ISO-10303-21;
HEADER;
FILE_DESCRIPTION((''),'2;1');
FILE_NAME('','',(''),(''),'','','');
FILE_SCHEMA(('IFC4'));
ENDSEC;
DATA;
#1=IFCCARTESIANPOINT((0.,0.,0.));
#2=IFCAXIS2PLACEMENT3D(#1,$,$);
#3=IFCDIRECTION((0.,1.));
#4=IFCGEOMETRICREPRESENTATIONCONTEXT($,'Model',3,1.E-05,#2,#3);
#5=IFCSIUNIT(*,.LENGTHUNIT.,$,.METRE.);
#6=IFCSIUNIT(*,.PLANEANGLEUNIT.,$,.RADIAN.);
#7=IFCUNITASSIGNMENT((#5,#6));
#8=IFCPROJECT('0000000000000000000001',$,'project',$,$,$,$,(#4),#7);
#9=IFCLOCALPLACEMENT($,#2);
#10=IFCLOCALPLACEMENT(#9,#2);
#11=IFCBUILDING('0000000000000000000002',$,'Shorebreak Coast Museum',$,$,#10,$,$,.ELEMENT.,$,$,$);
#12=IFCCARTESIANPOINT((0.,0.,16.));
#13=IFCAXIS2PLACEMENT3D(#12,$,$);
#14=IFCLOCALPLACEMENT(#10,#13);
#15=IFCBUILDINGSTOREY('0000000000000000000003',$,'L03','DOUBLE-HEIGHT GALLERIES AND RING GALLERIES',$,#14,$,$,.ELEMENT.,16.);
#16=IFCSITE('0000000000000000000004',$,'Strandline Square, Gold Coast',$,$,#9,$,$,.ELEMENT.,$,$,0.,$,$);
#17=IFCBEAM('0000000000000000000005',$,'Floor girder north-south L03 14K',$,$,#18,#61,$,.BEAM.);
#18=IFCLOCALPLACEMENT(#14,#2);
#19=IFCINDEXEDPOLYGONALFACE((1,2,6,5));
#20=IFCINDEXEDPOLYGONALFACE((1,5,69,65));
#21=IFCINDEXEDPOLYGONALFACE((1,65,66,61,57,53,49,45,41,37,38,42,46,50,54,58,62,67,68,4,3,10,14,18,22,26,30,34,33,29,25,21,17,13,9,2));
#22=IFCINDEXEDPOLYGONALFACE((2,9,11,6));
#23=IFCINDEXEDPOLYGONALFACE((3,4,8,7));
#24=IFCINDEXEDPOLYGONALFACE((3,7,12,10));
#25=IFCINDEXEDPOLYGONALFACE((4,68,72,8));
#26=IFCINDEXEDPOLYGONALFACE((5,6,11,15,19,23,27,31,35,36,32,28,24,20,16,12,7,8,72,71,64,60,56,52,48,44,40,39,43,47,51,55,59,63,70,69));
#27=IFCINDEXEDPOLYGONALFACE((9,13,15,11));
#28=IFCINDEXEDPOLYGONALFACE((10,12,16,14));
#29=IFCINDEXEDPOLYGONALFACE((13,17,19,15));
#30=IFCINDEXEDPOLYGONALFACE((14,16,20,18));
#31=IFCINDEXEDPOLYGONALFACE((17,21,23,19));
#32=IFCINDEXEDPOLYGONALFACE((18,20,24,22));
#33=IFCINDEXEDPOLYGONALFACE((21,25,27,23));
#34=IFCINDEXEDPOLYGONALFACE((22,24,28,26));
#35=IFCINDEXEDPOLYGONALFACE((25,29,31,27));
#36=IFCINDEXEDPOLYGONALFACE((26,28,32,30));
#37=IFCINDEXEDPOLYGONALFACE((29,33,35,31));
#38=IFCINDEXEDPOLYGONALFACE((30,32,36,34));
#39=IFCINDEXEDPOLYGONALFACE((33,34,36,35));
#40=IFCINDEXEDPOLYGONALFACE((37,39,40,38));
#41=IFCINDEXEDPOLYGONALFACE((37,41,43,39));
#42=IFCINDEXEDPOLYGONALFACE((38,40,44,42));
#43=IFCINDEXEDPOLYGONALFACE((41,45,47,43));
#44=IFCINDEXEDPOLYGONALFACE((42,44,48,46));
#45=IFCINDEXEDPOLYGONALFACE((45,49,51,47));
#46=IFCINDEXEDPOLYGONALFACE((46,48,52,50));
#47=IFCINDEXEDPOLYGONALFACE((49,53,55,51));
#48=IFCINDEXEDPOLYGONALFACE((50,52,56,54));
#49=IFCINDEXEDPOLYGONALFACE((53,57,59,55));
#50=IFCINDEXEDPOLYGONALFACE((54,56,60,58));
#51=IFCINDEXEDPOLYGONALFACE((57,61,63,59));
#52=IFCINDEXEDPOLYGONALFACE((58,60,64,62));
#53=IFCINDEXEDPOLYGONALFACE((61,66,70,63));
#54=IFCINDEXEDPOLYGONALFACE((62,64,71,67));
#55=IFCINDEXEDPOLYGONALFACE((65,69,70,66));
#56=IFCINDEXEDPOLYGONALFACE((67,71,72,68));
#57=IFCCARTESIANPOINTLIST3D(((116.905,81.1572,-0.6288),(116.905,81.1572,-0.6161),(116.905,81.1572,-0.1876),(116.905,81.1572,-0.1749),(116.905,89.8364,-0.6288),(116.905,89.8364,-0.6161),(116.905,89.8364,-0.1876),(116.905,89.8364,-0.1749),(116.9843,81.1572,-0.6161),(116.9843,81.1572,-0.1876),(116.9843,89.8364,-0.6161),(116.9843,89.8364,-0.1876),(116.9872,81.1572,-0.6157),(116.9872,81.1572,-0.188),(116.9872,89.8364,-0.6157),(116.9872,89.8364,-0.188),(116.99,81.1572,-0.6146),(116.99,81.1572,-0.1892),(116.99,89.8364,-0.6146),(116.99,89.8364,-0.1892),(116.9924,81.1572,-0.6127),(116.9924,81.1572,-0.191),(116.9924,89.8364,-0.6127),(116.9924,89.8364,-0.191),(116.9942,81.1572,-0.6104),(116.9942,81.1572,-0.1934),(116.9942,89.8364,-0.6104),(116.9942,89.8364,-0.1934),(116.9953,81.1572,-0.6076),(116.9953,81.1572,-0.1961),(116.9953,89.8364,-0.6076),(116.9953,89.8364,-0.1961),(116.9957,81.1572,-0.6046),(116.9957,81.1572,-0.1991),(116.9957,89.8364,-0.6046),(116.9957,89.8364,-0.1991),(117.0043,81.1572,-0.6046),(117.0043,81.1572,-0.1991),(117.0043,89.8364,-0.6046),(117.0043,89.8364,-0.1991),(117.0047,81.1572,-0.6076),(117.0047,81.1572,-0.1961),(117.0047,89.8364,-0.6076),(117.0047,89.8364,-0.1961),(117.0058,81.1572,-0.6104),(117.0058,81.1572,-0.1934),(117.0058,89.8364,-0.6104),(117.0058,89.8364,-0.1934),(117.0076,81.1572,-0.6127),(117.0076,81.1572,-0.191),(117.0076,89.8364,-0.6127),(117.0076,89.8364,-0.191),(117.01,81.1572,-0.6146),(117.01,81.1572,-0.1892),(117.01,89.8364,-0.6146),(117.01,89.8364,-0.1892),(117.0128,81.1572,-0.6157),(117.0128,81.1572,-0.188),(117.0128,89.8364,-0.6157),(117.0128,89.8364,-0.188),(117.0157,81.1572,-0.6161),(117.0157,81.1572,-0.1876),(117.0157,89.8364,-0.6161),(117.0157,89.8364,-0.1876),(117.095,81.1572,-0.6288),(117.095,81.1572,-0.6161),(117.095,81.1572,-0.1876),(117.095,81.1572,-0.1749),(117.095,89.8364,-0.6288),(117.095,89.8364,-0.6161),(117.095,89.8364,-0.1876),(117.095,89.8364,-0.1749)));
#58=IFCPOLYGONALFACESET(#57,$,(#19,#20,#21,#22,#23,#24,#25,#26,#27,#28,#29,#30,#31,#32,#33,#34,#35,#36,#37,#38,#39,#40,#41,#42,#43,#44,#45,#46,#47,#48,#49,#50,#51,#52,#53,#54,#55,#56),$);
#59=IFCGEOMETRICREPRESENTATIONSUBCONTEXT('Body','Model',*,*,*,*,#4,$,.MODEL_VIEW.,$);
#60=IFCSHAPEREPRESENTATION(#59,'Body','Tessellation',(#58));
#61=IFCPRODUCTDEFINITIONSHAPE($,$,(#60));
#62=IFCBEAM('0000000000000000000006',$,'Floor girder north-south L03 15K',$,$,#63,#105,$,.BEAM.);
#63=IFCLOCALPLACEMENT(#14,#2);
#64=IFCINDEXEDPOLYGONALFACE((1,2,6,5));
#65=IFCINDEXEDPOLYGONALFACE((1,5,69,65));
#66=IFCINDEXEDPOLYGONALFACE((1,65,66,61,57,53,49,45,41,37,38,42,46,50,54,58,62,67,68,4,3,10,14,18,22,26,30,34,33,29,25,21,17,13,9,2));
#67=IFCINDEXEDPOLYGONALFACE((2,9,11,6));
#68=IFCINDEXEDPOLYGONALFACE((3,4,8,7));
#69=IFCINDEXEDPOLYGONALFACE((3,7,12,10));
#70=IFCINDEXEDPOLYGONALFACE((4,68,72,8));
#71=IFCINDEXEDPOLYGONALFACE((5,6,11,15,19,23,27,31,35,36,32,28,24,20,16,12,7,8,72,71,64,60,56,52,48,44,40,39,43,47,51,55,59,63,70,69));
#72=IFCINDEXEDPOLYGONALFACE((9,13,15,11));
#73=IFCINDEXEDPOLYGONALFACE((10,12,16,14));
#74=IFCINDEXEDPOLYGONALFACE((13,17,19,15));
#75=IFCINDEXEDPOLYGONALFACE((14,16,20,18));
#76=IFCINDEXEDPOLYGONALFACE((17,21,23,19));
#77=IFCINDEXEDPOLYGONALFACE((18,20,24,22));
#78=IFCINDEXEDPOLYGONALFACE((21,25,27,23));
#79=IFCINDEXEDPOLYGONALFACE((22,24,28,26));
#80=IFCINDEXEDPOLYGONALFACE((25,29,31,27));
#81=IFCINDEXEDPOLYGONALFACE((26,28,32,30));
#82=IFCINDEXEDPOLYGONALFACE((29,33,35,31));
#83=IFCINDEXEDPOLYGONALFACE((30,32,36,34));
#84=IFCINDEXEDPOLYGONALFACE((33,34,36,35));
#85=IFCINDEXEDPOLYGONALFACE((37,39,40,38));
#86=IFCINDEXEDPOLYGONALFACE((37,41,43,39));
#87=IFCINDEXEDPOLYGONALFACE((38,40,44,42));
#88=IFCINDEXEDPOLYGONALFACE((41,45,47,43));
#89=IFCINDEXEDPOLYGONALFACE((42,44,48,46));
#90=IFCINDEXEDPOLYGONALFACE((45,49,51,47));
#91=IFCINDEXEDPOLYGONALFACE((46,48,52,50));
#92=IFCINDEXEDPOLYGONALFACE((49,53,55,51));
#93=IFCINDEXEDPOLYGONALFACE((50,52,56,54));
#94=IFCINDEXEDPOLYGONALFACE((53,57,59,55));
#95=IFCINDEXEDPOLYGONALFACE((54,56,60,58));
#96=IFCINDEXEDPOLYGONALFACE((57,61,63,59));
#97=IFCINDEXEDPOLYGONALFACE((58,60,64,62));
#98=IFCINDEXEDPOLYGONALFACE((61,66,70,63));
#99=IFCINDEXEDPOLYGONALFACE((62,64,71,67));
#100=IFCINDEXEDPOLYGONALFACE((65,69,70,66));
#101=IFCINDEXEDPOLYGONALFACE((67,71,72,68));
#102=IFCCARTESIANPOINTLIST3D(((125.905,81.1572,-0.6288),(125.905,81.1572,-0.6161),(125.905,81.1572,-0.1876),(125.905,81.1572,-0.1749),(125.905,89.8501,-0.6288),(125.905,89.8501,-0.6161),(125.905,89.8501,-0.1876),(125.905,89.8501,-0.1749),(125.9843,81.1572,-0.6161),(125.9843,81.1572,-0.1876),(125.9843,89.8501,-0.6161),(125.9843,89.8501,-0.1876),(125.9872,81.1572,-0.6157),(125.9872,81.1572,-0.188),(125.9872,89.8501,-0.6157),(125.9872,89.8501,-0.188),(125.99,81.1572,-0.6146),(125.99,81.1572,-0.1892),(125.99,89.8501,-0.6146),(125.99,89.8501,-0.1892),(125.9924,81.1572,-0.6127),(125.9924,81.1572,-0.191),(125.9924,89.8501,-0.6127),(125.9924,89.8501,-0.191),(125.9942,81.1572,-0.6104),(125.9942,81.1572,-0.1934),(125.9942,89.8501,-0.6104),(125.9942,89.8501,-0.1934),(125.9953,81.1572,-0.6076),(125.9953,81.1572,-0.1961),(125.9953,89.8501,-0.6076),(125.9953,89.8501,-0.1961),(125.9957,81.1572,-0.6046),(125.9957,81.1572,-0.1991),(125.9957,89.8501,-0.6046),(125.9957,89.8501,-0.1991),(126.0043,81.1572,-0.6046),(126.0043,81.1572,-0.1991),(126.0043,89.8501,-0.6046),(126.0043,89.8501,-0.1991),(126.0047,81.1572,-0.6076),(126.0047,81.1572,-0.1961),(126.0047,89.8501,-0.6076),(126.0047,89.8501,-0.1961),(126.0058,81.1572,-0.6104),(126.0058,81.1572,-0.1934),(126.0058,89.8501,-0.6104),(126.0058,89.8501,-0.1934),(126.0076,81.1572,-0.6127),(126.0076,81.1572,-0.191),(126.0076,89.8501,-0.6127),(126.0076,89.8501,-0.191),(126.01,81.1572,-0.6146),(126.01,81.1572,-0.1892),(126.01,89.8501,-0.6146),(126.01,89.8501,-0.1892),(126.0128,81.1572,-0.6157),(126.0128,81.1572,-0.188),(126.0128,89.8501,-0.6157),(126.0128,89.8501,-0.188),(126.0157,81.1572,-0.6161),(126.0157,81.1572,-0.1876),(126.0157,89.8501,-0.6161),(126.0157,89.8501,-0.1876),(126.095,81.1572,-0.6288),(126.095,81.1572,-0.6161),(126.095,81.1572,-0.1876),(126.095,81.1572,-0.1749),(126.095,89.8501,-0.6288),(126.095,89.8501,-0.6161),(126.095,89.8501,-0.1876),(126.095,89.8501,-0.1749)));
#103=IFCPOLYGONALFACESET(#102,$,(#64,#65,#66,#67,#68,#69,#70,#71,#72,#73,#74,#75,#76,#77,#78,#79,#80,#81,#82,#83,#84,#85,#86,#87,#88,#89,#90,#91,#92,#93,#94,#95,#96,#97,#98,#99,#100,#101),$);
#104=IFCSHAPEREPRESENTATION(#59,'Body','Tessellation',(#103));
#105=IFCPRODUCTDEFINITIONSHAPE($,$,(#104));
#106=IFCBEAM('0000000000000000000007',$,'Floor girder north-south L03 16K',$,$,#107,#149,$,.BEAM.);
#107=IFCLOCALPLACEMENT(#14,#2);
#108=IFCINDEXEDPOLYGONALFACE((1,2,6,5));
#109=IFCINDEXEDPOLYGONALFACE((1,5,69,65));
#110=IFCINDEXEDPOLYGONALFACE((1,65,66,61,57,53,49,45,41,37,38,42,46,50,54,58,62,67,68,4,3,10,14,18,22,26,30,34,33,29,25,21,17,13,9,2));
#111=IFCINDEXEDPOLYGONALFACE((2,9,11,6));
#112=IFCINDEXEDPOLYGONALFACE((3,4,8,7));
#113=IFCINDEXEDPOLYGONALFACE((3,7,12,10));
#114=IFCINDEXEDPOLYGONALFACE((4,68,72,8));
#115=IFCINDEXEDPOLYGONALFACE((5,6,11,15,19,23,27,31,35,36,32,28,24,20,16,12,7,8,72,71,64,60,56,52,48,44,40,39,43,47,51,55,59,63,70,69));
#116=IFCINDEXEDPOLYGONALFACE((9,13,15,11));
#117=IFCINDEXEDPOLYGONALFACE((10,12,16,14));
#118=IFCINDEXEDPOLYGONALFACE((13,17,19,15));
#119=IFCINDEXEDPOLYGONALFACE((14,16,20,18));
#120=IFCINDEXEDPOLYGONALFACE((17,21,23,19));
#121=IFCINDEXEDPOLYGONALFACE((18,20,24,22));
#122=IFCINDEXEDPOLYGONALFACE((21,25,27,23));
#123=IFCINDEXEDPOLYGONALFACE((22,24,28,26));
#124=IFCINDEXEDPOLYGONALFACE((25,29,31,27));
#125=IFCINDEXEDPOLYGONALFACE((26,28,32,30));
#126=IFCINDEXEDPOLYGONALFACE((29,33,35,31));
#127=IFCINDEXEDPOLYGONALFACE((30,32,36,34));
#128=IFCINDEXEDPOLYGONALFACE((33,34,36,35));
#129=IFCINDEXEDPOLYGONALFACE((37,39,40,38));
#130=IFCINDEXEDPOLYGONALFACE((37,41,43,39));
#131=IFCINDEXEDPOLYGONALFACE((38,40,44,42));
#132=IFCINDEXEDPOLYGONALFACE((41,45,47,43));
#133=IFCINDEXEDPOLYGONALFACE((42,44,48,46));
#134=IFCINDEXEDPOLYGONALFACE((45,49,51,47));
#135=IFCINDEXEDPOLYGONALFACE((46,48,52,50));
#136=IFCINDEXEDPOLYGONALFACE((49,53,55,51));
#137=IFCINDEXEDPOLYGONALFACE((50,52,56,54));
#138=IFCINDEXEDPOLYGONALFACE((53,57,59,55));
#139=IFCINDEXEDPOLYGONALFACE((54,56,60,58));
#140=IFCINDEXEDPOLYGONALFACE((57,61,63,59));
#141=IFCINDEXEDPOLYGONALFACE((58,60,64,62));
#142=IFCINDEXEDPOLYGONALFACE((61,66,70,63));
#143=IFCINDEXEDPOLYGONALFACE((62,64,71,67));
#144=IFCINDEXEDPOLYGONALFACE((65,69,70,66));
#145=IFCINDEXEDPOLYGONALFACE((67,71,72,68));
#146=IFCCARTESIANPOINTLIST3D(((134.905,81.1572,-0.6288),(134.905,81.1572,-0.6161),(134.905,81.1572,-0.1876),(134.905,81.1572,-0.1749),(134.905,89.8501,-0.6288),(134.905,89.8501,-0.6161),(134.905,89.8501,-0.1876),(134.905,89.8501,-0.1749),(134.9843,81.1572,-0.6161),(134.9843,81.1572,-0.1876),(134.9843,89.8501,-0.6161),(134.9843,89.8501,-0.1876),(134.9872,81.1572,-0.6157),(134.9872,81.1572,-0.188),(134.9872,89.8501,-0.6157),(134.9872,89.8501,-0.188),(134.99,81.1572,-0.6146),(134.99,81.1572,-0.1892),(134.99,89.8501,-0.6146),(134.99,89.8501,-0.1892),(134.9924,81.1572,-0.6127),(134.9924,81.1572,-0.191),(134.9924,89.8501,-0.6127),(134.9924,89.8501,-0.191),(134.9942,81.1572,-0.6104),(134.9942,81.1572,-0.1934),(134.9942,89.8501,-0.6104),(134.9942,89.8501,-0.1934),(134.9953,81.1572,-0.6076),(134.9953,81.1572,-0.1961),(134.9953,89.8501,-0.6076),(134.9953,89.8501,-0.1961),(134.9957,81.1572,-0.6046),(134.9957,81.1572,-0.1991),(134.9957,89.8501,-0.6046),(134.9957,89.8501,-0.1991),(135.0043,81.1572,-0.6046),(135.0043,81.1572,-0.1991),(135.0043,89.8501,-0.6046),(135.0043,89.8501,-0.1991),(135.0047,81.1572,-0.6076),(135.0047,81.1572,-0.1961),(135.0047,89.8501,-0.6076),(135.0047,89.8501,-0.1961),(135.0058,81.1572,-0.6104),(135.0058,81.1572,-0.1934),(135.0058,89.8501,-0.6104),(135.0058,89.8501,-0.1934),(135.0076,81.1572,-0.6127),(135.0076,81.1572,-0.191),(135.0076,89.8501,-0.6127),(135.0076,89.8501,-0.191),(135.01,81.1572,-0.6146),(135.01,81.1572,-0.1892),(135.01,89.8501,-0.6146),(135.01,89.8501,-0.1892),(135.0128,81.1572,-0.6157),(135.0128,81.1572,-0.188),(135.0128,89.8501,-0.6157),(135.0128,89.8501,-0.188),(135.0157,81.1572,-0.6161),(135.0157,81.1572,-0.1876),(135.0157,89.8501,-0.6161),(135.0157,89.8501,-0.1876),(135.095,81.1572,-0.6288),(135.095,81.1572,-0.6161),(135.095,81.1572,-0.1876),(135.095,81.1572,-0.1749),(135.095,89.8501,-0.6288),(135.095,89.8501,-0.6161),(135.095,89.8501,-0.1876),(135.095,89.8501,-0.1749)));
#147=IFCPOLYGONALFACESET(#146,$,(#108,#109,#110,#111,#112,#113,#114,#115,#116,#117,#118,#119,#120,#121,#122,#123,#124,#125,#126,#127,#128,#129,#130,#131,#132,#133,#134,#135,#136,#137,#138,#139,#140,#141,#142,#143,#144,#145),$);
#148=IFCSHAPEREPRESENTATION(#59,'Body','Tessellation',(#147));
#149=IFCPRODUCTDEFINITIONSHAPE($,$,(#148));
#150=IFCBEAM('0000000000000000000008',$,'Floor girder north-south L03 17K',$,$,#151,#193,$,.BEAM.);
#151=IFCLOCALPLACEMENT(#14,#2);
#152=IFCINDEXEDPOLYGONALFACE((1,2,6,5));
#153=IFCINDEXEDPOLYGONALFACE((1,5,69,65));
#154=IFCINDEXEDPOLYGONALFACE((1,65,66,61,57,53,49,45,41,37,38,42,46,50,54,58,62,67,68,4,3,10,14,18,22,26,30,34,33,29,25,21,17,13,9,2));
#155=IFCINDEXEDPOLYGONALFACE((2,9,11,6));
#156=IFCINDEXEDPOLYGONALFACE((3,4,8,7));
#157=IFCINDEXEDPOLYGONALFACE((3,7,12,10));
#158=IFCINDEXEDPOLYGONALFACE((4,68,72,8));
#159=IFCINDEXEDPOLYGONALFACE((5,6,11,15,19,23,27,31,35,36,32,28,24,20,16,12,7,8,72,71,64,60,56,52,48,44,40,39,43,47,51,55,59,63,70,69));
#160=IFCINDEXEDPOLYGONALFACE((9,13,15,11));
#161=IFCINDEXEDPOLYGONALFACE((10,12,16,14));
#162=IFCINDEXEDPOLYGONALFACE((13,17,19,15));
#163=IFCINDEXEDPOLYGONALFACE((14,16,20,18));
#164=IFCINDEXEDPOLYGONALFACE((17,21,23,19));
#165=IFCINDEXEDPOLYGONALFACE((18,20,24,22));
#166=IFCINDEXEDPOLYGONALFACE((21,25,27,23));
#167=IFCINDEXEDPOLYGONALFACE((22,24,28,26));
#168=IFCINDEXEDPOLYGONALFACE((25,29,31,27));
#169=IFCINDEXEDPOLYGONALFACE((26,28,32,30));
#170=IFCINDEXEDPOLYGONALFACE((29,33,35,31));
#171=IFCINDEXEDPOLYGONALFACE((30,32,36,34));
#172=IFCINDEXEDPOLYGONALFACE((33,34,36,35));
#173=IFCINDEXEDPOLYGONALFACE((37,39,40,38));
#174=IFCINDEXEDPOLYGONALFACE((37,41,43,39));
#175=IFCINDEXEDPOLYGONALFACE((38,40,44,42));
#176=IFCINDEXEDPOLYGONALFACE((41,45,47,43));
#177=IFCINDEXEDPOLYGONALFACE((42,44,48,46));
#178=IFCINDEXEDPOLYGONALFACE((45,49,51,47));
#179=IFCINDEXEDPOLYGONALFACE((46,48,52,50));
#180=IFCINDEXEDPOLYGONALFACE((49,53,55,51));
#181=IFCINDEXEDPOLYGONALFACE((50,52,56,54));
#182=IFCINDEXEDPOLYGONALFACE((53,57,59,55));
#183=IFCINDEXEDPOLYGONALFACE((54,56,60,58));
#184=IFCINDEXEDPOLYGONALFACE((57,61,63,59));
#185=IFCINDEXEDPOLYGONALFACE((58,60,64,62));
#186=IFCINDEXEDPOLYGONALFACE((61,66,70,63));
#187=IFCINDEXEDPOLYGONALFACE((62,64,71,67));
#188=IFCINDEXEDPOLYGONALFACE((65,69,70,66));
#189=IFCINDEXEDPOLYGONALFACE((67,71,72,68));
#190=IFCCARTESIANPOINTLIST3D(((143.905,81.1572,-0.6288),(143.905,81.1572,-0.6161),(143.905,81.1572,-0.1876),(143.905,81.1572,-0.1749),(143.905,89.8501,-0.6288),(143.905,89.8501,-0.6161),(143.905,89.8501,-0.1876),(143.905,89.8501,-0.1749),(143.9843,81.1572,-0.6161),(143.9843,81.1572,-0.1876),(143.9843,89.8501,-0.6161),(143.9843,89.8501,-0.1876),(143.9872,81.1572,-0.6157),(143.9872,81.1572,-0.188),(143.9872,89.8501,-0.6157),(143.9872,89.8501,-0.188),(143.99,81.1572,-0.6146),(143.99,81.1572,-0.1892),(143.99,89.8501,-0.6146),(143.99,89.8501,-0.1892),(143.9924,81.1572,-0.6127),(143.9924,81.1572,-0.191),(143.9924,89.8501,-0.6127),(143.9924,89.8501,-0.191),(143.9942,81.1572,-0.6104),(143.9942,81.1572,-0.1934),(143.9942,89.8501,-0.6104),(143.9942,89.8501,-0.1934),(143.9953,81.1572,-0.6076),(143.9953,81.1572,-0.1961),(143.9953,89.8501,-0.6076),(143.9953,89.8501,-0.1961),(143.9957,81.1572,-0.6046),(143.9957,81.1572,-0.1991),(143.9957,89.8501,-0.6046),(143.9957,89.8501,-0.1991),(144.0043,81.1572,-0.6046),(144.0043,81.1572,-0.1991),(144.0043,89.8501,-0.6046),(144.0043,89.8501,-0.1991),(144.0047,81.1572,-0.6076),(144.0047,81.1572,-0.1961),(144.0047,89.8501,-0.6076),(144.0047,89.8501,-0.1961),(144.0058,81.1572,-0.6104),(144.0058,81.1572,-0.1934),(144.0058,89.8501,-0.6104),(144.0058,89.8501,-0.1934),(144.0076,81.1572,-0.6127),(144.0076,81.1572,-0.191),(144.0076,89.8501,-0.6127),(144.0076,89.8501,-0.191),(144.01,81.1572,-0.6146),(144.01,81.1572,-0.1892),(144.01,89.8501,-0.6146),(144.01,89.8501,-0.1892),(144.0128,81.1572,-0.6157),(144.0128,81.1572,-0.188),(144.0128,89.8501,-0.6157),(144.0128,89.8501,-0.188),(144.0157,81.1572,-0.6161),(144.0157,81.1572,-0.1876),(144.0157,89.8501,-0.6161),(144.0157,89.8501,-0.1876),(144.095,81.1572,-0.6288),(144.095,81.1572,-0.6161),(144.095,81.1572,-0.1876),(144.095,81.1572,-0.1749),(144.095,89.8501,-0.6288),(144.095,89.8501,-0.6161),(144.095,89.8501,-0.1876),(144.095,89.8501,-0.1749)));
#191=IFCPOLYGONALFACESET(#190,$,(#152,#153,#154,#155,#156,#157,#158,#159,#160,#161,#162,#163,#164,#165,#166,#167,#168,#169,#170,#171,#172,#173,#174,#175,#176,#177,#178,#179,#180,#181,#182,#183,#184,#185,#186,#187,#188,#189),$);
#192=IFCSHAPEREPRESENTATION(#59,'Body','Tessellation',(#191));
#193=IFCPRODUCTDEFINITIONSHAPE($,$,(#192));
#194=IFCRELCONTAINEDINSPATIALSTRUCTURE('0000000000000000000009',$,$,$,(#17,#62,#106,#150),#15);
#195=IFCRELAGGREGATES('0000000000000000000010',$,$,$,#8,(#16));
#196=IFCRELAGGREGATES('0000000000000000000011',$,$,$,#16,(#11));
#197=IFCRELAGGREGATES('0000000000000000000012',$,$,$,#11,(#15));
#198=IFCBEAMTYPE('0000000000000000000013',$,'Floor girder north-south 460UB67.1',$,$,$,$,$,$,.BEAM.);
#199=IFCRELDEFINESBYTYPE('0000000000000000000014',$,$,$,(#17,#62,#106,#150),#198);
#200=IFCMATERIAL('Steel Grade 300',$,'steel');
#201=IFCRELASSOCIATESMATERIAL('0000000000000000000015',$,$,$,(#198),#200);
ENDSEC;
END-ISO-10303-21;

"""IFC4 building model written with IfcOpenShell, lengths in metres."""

from ifc_helpers import new_model, si_unit, direction, frame, origin, origin_2d, place, context, subcontext, project, spatial, i_section, extrude, material, material_profile, profile_set, type_object, element, save


model = new_model("IFC4")

# Units and contexts
model_context = context("Model", 3, precision=1e-05, world=origin(), true_north=direction((0.0, 1.0)))
body_context = subcontext(model_context, "Body", "Model", "MODEL_VIEW")
ifc_project = project(units=[si_unit("LENGTHUNIT", "METRE"), si_unit("PLANEANGLEUNIT", "RADIAN")], contexts=[model_context])

# Site, building, storey
site_placement = place(None, origin())
site = spatial("IfcSite", under=ifc_project, at=site_placement, Name="Strandline Square, Gold Coast", CompositionType="ELEMENT", RefElevation=0.0)
building_placement = place(site_placement, origin())
building = spatial("IfcBuilding", under=site, at=building_placement, Name="Shorebreak Coast Museum", CompositionType="ELEMENT")
storey_placement = place(building_placement, frame((0.0, 0.0, 16.0)))
storey = spatial("IfcBuildingStorey", under=building, at=storey_placement, Name="L03", Description="DOUBLE-HEIGHT GALLERIES AND RING GALLERIES", CompositionType="ELEMENT", Elevation=16.0)

# Beams
ifc_material_1 = material(Name="Steel Grade 300", Category="steel")
ifc_material_profile_1 = material_profile(ifc_material_1, i_section(OverallWidth=0.1899, OverallDepth=0.4539, WebThickness=0.0085, FlangeThickness=0.0127, FilletRadius=0.0115, at=origin_2d()), Name="460UB67.1")
ifc_profile_set_1 = profile_set([ifc_material_profile_1], Name="Steel Grade 300")
beam_type_1 = type_object("IfcBeamType", Name="Floor girder north-south 460UB67.1", PredefinedType="BEAM", material=ifc_profile_set_1)
beam_placement = place(storey_placement, frame((117.0, 81.1572, -0.4019), z_axis=(0.0, 1.0, 0.0), x_axis=(-1.0, 0.0, 0.0)))
element("IfcBeam", 1, at=beam_placement, inside=storey, type_object=beam_type_1, Name="Floor girder north-south L03 14K", PredefinedType="BEAM", context=body_context, shape_type="SweptSolid", body=[
    extrude(i_section(OverallWidth=0.1899, OverallDepth=0.4539, WebThickness=0.0085, FlangeThickness=0.0127, FilletRadius=0.0115, at=origin_2d()), origin(), (0.0, 0.0, 1.0), 8.6792),
])
for number, where, z_axis, x_axis, name in (
    (2, (126.0, 81.1572, -0.4019), (0.0, 1.0, 0.0), (-1.0, 0.0, 0.0), "Floor girder north-south L03 15K"),
    (3, (135.0, 81.1572, -0.4019), (0.0, 1.0, 0.0), (-1.0, 0.0, 0.0), "Floor girder north-south L03 16K"),
    (4, (144.0, 81.1572, -0.4019), (0.0, 1.0, 0.0), (-1.0, 0.0, 0.0), "Floor girder north-south L03 17K"),
):
    element("IfcBeam", number, at=place(storey_placement, frame(where, z_axis=z_axis, x_axis=x_axis)), inside=storey, type_object=beam_type_1, Name=name, PredefinedType="BEAM", context=body_context, shape_type="SweptSolid", body=[
        extrude(i_section(OverallWidth=0.1899, OverallDepth=0.4539, WebThickness=0.0085, FlangeThickness=0.0127, FilletRadius=0.0115, at=origin_2d()), origin(), (0.0, 0.0, 1.0), 8.6929),
    ])

save(model, "model.ifc")
